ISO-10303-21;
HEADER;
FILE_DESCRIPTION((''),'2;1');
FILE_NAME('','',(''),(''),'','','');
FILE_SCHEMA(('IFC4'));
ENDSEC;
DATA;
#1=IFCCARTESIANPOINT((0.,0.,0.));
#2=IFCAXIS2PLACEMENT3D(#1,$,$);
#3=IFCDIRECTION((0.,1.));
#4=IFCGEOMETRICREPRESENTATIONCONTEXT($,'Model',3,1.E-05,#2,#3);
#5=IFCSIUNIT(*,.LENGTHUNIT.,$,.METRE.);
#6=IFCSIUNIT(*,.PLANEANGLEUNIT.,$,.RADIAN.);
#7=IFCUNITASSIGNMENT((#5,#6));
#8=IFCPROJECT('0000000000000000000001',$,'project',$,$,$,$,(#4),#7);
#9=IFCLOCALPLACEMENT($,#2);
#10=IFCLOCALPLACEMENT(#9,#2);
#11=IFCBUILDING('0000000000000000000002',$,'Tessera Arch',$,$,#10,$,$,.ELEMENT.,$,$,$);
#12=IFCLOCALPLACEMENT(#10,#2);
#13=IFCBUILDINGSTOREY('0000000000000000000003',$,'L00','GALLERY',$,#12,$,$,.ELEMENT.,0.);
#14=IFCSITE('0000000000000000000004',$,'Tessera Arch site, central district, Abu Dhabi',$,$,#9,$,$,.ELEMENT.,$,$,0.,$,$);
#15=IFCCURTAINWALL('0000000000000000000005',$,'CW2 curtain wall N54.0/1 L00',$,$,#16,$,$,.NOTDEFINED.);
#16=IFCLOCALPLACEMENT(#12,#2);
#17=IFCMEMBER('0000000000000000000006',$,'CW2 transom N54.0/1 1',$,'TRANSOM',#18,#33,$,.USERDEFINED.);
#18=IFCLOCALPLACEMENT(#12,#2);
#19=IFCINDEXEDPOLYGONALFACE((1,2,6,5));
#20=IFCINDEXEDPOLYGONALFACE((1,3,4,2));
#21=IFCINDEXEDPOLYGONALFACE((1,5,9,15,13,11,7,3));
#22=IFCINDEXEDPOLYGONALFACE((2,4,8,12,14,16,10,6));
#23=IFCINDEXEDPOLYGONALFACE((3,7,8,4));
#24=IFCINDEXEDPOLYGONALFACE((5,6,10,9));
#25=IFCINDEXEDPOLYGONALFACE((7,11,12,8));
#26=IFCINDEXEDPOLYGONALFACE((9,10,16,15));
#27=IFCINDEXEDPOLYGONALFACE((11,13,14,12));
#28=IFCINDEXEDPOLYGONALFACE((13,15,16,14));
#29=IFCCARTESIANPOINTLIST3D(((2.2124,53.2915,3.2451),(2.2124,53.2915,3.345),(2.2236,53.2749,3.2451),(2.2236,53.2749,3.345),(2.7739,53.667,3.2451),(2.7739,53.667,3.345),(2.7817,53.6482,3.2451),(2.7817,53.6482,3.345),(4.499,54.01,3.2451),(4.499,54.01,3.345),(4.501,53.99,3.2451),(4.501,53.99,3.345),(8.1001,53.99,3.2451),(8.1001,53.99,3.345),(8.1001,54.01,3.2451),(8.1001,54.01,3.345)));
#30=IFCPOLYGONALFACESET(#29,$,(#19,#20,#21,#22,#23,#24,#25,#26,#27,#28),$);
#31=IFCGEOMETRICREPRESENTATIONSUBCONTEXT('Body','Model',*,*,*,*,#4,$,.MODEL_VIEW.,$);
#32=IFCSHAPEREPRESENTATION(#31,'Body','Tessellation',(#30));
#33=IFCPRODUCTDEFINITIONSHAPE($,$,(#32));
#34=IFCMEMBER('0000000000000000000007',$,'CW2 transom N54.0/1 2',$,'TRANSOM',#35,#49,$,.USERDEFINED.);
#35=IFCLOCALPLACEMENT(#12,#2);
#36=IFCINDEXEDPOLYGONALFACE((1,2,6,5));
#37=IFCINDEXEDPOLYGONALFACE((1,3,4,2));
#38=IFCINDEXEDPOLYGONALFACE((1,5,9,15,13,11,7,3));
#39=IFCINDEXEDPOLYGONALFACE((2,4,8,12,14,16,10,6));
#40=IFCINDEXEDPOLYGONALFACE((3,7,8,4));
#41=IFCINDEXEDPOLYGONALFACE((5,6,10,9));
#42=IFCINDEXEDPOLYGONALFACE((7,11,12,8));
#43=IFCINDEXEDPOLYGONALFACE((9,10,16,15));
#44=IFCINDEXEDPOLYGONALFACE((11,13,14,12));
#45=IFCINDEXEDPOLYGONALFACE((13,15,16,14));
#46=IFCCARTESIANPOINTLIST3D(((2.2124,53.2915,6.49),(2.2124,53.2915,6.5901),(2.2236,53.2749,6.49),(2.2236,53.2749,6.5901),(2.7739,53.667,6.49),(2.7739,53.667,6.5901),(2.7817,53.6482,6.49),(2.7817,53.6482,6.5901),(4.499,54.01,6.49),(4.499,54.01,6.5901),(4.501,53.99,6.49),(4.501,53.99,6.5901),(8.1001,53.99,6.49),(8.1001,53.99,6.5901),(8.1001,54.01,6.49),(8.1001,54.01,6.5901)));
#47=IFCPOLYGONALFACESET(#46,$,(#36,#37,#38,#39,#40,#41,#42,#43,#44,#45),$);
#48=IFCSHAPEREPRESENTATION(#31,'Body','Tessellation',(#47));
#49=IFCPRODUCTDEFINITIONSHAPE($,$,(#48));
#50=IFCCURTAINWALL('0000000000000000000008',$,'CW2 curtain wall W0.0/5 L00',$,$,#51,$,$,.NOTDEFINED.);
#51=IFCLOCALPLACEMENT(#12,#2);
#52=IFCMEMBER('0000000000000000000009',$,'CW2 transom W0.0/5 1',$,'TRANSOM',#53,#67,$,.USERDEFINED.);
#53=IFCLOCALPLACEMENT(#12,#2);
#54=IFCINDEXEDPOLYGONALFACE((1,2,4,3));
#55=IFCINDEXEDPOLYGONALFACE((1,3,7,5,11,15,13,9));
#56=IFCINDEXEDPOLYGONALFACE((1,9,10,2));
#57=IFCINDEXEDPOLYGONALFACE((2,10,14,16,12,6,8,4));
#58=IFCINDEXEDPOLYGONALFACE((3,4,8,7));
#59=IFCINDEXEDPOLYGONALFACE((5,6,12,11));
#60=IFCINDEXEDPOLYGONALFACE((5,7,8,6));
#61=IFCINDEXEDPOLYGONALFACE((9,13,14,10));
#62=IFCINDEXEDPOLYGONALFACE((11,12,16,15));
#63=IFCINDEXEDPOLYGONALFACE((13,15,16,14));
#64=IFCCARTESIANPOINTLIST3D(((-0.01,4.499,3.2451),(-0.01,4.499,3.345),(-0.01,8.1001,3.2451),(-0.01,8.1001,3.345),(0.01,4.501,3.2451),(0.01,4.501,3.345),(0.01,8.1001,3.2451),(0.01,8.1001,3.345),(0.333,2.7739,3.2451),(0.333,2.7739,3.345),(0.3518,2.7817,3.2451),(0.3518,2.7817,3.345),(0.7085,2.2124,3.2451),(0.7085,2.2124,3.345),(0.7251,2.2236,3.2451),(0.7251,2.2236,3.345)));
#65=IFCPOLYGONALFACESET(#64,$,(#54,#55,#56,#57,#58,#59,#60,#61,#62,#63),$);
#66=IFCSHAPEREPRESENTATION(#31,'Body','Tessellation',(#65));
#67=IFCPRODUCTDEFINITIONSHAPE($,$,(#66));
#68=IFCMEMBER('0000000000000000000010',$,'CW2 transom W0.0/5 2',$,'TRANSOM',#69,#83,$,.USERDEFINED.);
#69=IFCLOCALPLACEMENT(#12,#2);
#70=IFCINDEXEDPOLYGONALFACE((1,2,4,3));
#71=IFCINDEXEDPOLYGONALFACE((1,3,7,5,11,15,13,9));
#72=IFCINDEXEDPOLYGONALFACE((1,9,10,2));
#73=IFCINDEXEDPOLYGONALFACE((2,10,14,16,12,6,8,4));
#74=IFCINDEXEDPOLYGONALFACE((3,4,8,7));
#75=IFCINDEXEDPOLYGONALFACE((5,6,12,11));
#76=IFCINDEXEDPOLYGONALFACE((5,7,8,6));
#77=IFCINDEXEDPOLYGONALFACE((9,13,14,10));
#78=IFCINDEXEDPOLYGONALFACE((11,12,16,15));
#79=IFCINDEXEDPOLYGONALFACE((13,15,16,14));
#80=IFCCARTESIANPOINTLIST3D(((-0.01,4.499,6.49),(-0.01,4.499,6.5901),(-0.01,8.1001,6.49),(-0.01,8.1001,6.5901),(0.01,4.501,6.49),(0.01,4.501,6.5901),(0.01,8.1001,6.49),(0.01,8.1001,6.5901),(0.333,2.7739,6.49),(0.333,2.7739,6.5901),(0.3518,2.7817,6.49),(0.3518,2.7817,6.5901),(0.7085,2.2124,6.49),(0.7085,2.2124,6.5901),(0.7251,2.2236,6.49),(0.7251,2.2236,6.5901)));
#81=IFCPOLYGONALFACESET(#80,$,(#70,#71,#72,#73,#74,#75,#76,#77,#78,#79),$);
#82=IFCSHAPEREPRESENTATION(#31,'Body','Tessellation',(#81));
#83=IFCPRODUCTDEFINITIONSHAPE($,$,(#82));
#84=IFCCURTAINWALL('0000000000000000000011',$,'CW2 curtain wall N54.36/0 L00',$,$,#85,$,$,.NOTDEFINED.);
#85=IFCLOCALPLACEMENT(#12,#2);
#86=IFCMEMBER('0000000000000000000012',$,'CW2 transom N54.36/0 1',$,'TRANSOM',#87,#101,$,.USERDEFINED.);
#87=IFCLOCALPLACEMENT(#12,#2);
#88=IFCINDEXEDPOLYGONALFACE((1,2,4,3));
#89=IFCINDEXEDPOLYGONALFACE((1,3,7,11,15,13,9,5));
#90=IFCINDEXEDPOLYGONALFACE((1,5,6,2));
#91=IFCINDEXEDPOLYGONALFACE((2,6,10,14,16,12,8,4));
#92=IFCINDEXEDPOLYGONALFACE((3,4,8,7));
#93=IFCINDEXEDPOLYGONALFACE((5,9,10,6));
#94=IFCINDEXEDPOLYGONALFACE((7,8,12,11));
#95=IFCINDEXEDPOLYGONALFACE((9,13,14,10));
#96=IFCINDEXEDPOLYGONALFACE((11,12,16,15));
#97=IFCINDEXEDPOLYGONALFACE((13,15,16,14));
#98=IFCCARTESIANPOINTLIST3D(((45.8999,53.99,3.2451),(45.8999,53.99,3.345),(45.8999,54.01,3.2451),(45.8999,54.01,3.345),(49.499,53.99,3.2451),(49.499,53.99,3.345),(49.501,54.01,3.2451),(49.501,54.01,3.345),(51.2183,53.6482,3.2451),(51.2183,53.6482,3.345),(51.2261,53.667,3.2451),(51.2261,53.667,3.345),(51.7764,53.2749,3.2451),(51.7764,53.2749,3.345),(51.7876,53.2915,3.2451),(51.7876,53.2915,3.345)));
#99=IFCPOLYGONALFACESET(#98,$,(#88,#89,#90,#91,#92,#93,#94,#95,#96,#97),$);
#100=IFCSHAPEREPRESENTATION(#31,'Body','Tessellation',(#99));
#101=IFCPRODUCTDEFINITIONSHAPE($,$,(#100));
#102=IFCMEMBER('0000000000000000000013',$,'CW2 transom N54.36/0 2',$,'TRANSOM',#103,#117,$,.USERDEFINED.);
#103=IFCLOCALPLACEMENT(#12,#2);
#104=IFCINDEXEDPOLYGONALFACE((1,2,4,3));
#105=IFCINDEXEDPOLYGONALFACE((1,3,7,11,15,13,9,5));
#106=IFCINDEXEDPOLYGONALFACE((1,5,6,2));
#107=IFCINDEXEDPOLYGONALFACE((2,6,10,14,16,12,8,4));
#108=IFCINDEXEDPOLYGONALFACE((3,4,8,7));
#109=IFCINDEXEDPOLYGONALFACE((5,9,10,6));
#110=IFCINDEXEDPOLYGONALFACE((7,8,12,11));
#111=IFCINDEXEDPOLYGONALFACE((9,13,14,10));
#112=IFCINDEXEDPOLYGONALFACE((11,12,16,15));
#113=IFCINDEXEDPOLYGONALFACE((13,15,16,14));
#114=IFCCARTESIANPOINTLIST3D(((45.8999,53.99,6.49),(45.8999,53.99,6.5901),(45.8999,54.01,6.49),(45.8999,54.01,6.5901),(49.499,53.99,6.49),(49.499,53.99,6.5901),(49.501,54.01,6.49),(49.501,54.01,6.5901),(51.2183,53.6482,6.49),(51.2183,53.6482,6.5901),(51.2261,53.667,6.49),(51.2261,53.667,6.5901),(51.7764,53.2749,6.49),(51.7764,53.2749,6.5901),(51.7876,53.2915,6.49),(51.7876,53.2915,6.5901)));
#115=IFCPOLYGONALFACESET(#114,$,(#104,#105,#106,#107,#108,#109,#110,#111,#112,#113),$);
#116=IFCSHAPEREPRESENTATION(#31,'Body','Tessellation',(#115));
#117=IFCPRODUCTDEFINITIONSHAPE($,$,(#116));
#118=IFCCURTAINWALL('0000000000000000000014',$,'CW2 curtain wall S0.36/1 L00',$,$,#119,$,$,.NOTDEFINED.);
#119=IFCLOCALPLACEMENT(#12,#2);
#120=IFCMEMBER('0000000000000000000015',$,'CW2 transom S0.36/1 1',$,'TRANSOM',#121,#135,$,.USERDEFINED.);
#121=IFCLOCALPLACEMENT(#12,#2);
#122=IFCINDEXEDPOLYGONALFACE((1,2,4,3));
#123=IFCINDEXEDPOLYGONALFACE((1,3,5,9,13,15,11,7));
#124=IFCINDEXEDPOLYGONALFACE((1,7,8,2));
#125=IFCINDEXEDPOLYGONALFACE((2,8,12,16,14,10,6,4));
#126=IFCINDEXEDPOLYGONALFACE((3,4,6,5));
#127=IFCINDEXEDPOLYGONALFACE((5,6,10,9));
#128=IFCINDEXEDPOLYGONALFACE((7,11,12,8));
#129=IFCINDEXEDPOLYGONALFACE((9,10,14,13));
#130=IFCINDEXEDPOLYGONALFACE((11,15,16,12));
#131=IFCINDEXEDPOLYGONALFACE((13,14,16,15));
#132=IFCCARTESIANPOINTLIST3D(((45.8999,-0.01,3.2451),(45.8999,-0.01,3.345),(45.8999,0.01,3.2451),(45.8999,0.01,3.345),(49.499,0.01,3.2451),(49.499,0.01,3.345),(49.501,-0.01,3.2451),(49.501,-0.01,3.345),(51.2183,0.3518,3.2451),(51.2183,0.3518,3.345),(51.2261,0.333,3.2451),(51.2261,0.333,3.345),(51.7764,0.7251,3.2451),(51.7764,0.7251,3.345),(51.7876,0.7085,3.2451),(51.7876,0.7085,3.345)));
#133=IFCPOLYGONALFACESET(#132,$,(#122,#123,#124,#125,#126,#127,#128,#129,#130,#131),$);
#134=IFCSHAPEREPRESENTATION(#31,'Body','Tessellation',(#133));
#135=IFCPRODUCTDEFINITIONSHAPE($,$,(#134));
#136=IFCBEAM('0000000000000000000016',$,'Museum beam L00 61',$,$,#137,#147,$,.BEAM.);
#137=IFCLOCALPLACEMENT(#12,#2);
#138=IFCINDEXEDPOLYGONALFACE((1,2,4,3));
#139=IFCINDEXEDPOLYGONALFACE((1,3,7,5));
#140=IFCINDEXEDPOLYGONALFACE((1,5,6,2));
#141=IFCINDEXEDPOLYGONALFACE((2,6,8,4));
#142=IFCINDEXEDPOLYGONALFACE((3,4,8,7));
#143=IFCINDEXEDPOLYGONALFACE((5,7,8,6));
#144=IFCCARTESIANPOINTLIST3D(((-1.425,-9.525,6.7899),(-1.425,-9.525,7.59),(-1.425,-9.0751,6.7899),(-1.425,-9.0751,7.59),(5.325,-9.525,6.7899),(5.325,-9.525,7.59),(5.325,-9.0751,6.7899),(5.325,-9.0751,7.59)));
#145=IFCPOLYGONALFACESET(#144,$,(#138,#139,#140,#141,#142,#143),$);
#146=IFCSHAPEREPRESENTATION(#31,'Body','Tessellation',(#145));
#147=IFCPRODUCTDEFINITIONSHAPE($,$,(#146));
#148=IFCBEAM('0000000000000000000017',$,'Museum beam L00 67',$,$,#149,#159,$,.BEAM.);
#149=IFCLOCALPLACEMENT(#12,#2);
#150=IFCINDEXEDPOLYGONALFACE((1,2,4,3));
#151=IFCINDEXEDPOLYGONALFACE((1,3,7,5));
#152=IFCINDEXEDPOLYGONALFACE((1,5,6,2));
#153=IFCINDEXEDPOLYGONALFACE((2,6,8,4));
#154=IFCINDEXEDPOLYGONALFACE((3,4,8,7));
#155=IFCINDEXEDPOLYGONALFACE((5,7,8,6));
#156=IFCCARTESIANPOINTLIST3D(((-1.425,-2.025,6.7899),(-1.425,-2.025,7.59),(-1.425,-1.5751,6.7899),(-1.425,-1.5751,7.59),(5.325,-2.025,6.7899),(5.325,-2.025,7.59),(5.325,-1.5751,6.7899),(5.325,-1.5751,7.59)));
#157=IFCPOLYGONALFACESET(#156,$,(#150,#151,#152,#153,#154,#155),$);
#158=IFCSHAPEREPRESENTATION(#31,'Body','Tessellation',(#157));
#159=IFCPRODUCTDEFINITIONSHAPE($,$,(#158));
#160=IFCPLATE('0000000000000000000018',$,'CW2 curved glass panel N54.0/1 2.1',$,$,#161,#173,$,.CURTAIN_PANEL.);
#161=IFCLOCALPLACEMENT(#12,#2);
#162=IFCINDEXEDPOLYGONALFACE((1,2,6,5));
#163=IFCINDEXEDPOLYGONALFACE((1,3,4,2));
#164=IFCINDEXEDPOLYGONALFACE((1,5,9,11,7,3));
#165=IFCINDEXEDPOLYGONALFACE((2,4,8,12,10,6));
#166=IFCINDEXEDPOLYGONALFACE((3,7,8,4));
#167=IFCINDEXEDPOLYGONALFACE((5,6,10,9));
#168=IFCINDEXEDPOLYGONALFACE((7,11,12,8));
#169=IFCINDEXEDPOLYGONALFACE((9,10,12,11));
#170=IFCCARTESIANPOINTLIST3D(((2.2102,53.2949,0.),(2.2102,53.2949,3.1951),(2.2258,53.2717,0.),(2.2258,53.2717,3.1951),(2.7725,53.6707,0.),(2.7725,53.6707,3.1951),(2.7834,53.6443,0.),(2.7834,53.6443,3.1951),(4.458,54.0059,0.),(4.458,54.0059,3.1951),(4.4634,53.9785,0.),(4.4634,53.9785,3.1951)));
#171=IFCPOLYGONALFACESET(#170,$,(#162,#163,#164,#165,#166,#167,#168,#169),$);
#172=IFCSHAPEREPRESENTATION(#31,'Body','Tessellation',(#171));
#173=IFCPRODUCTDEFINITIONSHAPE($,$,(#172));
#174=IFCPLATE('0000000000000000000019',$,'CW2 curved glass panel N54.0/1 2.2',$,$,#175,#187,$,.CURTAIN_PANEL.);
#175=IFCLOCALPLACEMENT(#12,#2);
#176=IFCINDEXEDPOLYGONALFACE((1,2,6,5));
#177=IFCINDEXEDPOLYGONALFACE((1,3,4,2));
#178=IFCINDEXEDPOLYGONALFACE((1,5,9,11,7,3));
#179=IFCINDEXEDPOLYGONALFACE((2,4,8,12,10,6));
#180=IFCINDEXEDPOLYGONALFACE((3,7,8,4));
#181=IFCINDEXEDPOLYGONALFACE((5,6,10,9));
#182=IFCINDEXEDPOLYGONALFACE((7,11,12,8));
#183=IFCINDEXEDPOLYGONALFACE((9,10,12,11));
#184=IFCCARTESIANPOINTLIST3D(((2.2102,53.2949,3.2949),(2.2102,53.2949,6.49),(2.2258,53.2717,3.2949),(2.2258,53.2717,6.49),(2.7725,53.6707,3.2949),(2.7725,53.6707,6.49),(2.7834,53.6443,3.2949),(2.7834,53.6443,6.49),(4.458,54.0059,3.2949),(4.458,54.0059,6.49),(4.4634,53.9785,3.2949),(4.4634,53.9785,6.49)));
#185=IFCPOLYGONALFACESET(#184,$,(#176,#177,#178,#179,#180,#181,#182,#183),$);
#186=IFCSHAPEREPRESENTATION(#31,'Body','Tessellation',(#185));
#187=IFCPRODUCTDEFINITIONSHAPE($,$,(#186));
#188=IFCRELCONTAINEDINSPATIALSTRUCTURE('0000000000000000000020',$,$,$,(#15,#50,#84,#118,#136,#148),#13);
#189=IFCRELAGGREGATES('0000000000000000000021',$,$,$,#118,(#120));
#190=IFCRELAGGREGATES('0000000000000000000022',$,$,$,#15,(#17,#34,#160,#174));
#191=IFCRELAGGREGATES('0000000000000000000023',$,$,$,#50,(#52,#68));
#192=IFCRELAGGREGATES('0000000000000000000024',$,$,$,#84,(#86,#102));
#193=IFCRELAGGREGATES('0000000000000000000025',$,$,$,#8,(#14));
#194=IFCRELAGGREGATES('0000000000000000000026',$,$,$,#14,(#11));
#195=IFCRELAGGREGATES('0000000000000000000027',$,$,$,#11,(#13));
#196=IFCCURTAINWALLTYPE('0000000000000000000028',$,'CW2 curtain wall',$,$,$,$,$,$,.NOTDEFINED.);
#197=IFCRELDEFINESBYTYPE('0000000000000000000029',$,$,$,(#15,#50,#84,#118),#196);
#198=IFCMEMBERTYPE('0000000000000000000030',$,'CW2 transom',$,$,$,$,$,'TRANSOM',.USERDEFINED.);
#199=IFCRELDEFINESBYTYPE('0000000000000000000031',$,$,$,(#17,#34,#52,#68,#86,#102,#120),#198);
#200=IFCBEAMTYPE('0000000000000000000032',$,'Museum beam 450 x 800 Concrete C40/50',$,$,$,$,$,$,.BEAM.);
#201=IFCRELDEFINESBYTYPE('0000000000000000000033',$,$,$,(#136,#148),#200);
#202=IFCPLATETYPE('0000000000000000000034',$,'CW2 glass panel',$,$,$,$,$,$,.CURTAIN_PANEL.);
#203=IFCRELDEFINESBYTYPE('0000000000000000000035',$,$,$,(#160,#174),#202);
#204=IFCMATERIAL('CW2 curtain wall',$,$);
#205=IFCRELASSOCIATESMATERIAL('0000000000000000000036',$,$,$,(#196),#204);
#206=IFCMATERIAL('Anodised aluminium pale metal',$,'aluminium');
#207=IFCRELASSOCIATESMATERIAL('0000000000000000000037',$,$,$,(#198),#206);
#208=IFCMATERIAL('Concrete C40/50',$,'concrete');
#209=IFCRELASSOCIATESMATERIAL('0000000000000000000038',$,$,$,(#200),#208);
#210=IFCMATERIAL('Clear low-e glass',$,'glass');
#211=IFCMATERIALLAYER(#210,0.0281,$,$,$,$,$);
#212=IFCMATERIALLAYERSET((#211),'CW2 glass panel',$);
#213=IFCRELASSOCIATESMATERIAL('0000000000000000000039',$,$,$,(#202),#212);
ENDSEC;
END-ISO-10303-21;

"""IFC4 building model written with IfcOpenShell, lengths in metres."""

from ifc_helpers import new_model, si_unit, direction, frame, origin, origin_2d, place, context, subcontext, project, spatial, polyline, rectangle, outline, extrude, material, layer, layer_set, material_profile, profile_set, type_object, element, aggregate, save


model = new_model("IFC4")

# Units and contexts
model_context = context("Model", 3, precision=1e-05, world=origin(), true_north=direction((0.0, 1.0)))
body_context = subcontext(model_context, "Body", "Model", "MODEL_VIEW")
ifc_project = project(units=[si_unit("LENGTHUNIT", "METRE"), si_unit("PLANEANGLEUNIT", "RADIAN")], contexts=[model_context])

# Site, building, storey
site_placement = place(None, origin())
site = spatial("IfcSite", under=ifc_project, at=site_placement, Name="Tessera Arch site, central district, Abu Dhabi", CompositionType="ELEMENT", RefElevation=0.0)
building_placement = place(site_placement, origin())
building = spatial("IfcBuilding", under=site, at=building_placement, Name="Tessera Arch", CompositionType="ELEMENT")
storey_placement = place(building_placement, origin())
storey = spatial("IfcBuildingStorey", under=building, at=storey_placement, Name="L00", Description="GALLERY", CompositionType="ELEMENT", Elevation=0.0)

# Curtain walls, members
ifc_material_1 = material(Name="CW2 curtain wall")
curtain_wall_type = type_object("IfcCurtainWallType", Name="CW2 curtain wall", PredefinedType="NOTDEFINED", material=ifc_material_1)
curtain_wall_1_placement = place(storey_placement, origin())
curtain_wall_1 = element("IfcCurtainWall", 1, at=curtain_wall_1_placement, inside=storey, type_object=curtain_wall_type, Name="CW2 curtain wall N54.0/1 L00", PredefinedType="NOTDEFINED")
ifc_material_2 = material(Name="Anodised aluminium pale metal", Category="aluminium")
ifc_material_profile_1 = material_profile(ifc_material_2, rectangle(XDim=0.2, YDim=0.1001, at=origin_2d()), Name="AL 200x100")
ifc_profile_set_1 = profile_set([ifc_material_profile_1], Name="Anodised aluminium pale metal")
member_type = type_object("IfcMemberType", Name="CW2 transom", ElementType="TRANSOM", PredefinedType="USERDEFINED", material=ifc_profile_set_1)
member_1_placement = place(storey_placement, frame((0.0, 0.0, 3.2451)))
member_1 = element("IfcMember", 2, at=member_1_placement, type_object=member_type, Name="CW2 transom N54.0/1 1", ObjectType="TRANSOM", PredefinedType="USERDEFINED", context=body_context, shape_type="SweptSolid", body=[
    extrude(outline(polyline([(4.501, 53.99), (8.1001, 53.99), (8.1001, 54.01), (4.499, 54.01), (2.7739, 53.667), (2.2124, 53.2915), (2.2236, 53.2749), (2.7817, 53.6482), (4.501, 53.99)])), origin(), (0.0, 0.0, 1.0), 0.0999),
])
member_2_placement = place(storey_placement, frame((0.0, 0.0, 6.49)))
member_2 = element("IfcMember", 3, at=member_2_placement, type_object=member_type, Name="CW2 transom N54.0/1 2", ObjectType="TRANSOM", PredefinedType="USERDEFINED", context=body_context, shape_type="SweptSolid", body=[
    extrude(outline(polyline([(4.501, 53.99), (8.1001, 53.99), (8.1001, 54.01), (4.499, 54.01), (2.7739, 53.667), (2.2124, 53.2915), (2.2236, 53.2749), (2.7817, 53.6482), (4.501, 53.99)])), origin(), (0.0, 0.0, 1.0), 0.1001),
])
curtain_wall_2_placement = place(storey_placement, origin())
curtain_wall_2 = element("IfcCurtainWall", 4, at=curtain_wall_2_placement, inside=storey, type_object=curtain_wall_type, Name="CW2 curtain wall W0.0/5 L00", PredefinedType="NOTDEFINED")
member_3_placement = place(storey_placement, frame((0.0, 0.0, 3.2451)))
member_3 = element("IfcMember", 5, at=member_3_placement, type_object=member_type, Name="CW2 transom W0.0/5 1", ObjectType="TRANSOM", PredefinedType="USERDEFINED", context=body_context, shape_type="SweptSolid", body=[
    extrude(outline(polyline([(0.01, 4.501), (0.01, 8.1001), (-0.01, 8.1001), (-0.01, 4.499), (0.333, 2.7739), (0.7085, 2.2124), (0.7251, 2.2236), (0.3518, 2.7817), (0.01, 4.501)])), origin(), (0.0, 0.0, 1.0), 0.0999),
])
member_4_placement = place(storey_placement, frame((0.0, 0.0, 6.49)))
member_4 = element("IfcMember", 6, at=member_4_placement, type_object=member_type, Name="CW2 transom W0.0/5 2", ObjectType="TRANSOM", PredefinedType="USERDEFINED", context=body_context, shape_type="SweptSolid", body=[
    extrude(outline(polyline([(0.01, 4.501), (0.01, 8.1001), (-0.01, 8.1001), (-0.01, 4.499), (0.333, 2.7739), (0.7085, 2.2124), (0.7251, 2.2236), (0.3518, 2.7817), (0.01, 4.501)])), origin(), (0.0, 0.0, 1.0), 0.1001),
])
curtain_wall_3_placement = place(storey_placement, origin())
curtain_wall_3 = element("IfcCurtainWall", 7, at=curtain_wall_3_placement, inside=storey, type_object=curtain_wall_type, Name="CW2 curtain wall N54.36/0 L00", PredefinedType="NOTDEFINED")
member_5_placement = place(storey_placement, frame((0.0, 0.0, 3.2451)))
member_5 = element("IfcMember", 8, at=member_5_placement, type_object=member_type, Name="CW2 transom N54.36/0 1", ObjectType="TRANSOM", PredefinedType="USERDEFINED", context=body_context, shape_type="SweptSolid", body=[
    extrude(outline(polyline([(51.2183, 53.6482), (51.7764, 53.2749), (51.7876, 53.2915), (51.2261, 53.667), (49.501, 54.01), (45.8999, 54.01), (45.8999, 53.99), (49.499, 53.99), (51.2183, 53.6482)])), origin(), (0.0, 0.0, 1.0), 0.0999),
])
member_6_placement = place(storey_placement, frame((0.0, 0.0, 6.49)))
member_6 = element("IfcMember", 9, at=member_6_placement, type_object=member_type, Name="CW2 transom N54.36/0 2", ObjectType="TRANSOM", PredefinedType="USERDEFINED", context=body_context, shape_type="SweptSolid", body=[
    extrude(outline(polyline([(51.2183, 53.6482), (51.7764, 53.2749), (51.7876, 53.2915), (51.2261, 53.667), (49.501, 54.01), (45.8999, 54.01), (45.8999, 53.99), (49.499, 53.99), (51.2183, 53.6482)])), origin(), (0.0, 0.0, 1.0), 0.1001),
])

# Curtain wall, member
curtain_wall_4_placement = place(storey_placement, origin())
curtain_wall_4 = element("IfcCurtainWall", 10, at=curtain_wall_4_placement, inside=storey, type_object=curtain_wall_type, Name="CW2 curtain wall S0.36/1 L00", PredefinedType="NOTDEFINED")
member_7_placement = place(storey_placement, frame((0.0, 0.0, 3.2451)))
member_7 = element("IfcMember", 11, at=member_7_placement, type_object=member_type, Name="CW2 transom S0.36/1 1", ObjectType="TRANSOM", PredefinedType="USERDEFINED", context=body_context, shape_type="SweptSolid", body=[
    extrude(outline(polyline([(49.499, 0.01), (45.8999, 0.01), (45.8999, -0.01), (49.501, -0.01), (51.2261, 0.333), (51.7876, 0.7085), (51.7764, 0.7251), (51.2183, 0.3518), (49.499, 0.01)])), origin(), (0.0, 0.0, 1.0), 0.0999),
])
aggregate(curtain_wall_4, [member_7])

# Beams
ifc_material_3 = material(Name="Concrete C40/50", Category="concrete")
ifc_material_profile_2 = material_profile(ifc_material_3, rectangle(XDim=0.45, YDim=0.8, at=origin_2d()), Name="Museum beam 450 x 800 Concrete C40/50")
ifc_profile_set_2 = profile_set([ifc_material_profile_2], Name="Concrete C40/50")
beam_type = type_object("IfcBeamType", Name="Museum beam 450 x 800 Concrete C40/50", PredefinedType="BEAM", material=ifc_profile_set_2)
for number, where, z_axis, x_axis, name in (
    (12, (-1.425, -9.3, 7.1899), (1.0, 0.0, 0.0), (0.0, 1.0, 0.0), "Museum beam L00 61"),
    (13, (-1.425, -1.8, 7.1899), (1.0, 0.0, 0.0), (0.0, 1.0, 0.0), "Museum beam L00 67"),
):
    element("IfcBeam", number, at=place(storey_placement, frame(where, z_axis=z_axis, x_axis=x_axis)), inside=storey, type_object=beam_type, Name=name, PredefinedType="BEAM", context=body_context, shape_type="SweptSolid", body=[
        extrude(rectangle(XDim=0.45, YDim=0.8, at=origin_2d()), origin(), (0.0, 0.0, 1.0), 6.75),
    ])

# Plates
ifc_material_4 = material(Name="Clear low-e glass", Category="glass")
ifc_layer_1 = layer(ifc_material_4, 0.0281)
ifc_layer_set_1 = layer_set([ifc_layer_1], Name="CW2 glass panel")
plate_type_1 = type_object("IfcPlateType", Name="CW2 glass panel", PredefinedType="CURTAIN_PANEL", material=ifc_layer_set_1)
plate_1_placement = place(storey_placement, origin())
plate_1 = element("IfcPlate", 14, at=plate_1_placement, type_object=plate_type_1, Name="CW2 curved glass panel N54.0/1 2.1", PredefinedType="CURTAIN_PANEL", context=body_context, shape_type="SweptSolid", body=[
    extrude(outline(polyline([(2.7834, 53.6443), (4.4634, 53.9785), (4.458, 54.0059), (2.7725, 53.6707), (2.2102, 53.2949), (2.2258, 53.2717), (2.7834, 53.6443)])), origin(), (0.0, 0.0, 1.0), 3.1951),
])
plate_2_placement = place(storey_placement, frame((0.0, 0.0, 3.2949)))
plate_2 = element("IfcPlate", 15, at=plate_2_placement, type_object=plate_type_1, Name="CW2 curved glass panel N54.0/1 2.2", PredefinedType="CURTAIN_PANEL", context=body_context, shape_type="SweptSolid", body=[
    extrude(outline(polyline([(2.7834, 53.6443), (4.4634, 53.9785), (4.458, 54.0059), (2.7725, 53.6707), (2.2102, 53.2949), (2.2258, 53.2717), (2.7834, 53.6443)])), origin(), (0.0, 0.0, 1.0), 3.1951),
])
aggregate(curtain_wall_1, [member_1, member_2, plate_1, plate_2])
aggregate(curtain_wall_2, [member_3, member_4])
aggregate(curtain_wall_3, [member_5, member_6])

save(model, "model.ifc")
